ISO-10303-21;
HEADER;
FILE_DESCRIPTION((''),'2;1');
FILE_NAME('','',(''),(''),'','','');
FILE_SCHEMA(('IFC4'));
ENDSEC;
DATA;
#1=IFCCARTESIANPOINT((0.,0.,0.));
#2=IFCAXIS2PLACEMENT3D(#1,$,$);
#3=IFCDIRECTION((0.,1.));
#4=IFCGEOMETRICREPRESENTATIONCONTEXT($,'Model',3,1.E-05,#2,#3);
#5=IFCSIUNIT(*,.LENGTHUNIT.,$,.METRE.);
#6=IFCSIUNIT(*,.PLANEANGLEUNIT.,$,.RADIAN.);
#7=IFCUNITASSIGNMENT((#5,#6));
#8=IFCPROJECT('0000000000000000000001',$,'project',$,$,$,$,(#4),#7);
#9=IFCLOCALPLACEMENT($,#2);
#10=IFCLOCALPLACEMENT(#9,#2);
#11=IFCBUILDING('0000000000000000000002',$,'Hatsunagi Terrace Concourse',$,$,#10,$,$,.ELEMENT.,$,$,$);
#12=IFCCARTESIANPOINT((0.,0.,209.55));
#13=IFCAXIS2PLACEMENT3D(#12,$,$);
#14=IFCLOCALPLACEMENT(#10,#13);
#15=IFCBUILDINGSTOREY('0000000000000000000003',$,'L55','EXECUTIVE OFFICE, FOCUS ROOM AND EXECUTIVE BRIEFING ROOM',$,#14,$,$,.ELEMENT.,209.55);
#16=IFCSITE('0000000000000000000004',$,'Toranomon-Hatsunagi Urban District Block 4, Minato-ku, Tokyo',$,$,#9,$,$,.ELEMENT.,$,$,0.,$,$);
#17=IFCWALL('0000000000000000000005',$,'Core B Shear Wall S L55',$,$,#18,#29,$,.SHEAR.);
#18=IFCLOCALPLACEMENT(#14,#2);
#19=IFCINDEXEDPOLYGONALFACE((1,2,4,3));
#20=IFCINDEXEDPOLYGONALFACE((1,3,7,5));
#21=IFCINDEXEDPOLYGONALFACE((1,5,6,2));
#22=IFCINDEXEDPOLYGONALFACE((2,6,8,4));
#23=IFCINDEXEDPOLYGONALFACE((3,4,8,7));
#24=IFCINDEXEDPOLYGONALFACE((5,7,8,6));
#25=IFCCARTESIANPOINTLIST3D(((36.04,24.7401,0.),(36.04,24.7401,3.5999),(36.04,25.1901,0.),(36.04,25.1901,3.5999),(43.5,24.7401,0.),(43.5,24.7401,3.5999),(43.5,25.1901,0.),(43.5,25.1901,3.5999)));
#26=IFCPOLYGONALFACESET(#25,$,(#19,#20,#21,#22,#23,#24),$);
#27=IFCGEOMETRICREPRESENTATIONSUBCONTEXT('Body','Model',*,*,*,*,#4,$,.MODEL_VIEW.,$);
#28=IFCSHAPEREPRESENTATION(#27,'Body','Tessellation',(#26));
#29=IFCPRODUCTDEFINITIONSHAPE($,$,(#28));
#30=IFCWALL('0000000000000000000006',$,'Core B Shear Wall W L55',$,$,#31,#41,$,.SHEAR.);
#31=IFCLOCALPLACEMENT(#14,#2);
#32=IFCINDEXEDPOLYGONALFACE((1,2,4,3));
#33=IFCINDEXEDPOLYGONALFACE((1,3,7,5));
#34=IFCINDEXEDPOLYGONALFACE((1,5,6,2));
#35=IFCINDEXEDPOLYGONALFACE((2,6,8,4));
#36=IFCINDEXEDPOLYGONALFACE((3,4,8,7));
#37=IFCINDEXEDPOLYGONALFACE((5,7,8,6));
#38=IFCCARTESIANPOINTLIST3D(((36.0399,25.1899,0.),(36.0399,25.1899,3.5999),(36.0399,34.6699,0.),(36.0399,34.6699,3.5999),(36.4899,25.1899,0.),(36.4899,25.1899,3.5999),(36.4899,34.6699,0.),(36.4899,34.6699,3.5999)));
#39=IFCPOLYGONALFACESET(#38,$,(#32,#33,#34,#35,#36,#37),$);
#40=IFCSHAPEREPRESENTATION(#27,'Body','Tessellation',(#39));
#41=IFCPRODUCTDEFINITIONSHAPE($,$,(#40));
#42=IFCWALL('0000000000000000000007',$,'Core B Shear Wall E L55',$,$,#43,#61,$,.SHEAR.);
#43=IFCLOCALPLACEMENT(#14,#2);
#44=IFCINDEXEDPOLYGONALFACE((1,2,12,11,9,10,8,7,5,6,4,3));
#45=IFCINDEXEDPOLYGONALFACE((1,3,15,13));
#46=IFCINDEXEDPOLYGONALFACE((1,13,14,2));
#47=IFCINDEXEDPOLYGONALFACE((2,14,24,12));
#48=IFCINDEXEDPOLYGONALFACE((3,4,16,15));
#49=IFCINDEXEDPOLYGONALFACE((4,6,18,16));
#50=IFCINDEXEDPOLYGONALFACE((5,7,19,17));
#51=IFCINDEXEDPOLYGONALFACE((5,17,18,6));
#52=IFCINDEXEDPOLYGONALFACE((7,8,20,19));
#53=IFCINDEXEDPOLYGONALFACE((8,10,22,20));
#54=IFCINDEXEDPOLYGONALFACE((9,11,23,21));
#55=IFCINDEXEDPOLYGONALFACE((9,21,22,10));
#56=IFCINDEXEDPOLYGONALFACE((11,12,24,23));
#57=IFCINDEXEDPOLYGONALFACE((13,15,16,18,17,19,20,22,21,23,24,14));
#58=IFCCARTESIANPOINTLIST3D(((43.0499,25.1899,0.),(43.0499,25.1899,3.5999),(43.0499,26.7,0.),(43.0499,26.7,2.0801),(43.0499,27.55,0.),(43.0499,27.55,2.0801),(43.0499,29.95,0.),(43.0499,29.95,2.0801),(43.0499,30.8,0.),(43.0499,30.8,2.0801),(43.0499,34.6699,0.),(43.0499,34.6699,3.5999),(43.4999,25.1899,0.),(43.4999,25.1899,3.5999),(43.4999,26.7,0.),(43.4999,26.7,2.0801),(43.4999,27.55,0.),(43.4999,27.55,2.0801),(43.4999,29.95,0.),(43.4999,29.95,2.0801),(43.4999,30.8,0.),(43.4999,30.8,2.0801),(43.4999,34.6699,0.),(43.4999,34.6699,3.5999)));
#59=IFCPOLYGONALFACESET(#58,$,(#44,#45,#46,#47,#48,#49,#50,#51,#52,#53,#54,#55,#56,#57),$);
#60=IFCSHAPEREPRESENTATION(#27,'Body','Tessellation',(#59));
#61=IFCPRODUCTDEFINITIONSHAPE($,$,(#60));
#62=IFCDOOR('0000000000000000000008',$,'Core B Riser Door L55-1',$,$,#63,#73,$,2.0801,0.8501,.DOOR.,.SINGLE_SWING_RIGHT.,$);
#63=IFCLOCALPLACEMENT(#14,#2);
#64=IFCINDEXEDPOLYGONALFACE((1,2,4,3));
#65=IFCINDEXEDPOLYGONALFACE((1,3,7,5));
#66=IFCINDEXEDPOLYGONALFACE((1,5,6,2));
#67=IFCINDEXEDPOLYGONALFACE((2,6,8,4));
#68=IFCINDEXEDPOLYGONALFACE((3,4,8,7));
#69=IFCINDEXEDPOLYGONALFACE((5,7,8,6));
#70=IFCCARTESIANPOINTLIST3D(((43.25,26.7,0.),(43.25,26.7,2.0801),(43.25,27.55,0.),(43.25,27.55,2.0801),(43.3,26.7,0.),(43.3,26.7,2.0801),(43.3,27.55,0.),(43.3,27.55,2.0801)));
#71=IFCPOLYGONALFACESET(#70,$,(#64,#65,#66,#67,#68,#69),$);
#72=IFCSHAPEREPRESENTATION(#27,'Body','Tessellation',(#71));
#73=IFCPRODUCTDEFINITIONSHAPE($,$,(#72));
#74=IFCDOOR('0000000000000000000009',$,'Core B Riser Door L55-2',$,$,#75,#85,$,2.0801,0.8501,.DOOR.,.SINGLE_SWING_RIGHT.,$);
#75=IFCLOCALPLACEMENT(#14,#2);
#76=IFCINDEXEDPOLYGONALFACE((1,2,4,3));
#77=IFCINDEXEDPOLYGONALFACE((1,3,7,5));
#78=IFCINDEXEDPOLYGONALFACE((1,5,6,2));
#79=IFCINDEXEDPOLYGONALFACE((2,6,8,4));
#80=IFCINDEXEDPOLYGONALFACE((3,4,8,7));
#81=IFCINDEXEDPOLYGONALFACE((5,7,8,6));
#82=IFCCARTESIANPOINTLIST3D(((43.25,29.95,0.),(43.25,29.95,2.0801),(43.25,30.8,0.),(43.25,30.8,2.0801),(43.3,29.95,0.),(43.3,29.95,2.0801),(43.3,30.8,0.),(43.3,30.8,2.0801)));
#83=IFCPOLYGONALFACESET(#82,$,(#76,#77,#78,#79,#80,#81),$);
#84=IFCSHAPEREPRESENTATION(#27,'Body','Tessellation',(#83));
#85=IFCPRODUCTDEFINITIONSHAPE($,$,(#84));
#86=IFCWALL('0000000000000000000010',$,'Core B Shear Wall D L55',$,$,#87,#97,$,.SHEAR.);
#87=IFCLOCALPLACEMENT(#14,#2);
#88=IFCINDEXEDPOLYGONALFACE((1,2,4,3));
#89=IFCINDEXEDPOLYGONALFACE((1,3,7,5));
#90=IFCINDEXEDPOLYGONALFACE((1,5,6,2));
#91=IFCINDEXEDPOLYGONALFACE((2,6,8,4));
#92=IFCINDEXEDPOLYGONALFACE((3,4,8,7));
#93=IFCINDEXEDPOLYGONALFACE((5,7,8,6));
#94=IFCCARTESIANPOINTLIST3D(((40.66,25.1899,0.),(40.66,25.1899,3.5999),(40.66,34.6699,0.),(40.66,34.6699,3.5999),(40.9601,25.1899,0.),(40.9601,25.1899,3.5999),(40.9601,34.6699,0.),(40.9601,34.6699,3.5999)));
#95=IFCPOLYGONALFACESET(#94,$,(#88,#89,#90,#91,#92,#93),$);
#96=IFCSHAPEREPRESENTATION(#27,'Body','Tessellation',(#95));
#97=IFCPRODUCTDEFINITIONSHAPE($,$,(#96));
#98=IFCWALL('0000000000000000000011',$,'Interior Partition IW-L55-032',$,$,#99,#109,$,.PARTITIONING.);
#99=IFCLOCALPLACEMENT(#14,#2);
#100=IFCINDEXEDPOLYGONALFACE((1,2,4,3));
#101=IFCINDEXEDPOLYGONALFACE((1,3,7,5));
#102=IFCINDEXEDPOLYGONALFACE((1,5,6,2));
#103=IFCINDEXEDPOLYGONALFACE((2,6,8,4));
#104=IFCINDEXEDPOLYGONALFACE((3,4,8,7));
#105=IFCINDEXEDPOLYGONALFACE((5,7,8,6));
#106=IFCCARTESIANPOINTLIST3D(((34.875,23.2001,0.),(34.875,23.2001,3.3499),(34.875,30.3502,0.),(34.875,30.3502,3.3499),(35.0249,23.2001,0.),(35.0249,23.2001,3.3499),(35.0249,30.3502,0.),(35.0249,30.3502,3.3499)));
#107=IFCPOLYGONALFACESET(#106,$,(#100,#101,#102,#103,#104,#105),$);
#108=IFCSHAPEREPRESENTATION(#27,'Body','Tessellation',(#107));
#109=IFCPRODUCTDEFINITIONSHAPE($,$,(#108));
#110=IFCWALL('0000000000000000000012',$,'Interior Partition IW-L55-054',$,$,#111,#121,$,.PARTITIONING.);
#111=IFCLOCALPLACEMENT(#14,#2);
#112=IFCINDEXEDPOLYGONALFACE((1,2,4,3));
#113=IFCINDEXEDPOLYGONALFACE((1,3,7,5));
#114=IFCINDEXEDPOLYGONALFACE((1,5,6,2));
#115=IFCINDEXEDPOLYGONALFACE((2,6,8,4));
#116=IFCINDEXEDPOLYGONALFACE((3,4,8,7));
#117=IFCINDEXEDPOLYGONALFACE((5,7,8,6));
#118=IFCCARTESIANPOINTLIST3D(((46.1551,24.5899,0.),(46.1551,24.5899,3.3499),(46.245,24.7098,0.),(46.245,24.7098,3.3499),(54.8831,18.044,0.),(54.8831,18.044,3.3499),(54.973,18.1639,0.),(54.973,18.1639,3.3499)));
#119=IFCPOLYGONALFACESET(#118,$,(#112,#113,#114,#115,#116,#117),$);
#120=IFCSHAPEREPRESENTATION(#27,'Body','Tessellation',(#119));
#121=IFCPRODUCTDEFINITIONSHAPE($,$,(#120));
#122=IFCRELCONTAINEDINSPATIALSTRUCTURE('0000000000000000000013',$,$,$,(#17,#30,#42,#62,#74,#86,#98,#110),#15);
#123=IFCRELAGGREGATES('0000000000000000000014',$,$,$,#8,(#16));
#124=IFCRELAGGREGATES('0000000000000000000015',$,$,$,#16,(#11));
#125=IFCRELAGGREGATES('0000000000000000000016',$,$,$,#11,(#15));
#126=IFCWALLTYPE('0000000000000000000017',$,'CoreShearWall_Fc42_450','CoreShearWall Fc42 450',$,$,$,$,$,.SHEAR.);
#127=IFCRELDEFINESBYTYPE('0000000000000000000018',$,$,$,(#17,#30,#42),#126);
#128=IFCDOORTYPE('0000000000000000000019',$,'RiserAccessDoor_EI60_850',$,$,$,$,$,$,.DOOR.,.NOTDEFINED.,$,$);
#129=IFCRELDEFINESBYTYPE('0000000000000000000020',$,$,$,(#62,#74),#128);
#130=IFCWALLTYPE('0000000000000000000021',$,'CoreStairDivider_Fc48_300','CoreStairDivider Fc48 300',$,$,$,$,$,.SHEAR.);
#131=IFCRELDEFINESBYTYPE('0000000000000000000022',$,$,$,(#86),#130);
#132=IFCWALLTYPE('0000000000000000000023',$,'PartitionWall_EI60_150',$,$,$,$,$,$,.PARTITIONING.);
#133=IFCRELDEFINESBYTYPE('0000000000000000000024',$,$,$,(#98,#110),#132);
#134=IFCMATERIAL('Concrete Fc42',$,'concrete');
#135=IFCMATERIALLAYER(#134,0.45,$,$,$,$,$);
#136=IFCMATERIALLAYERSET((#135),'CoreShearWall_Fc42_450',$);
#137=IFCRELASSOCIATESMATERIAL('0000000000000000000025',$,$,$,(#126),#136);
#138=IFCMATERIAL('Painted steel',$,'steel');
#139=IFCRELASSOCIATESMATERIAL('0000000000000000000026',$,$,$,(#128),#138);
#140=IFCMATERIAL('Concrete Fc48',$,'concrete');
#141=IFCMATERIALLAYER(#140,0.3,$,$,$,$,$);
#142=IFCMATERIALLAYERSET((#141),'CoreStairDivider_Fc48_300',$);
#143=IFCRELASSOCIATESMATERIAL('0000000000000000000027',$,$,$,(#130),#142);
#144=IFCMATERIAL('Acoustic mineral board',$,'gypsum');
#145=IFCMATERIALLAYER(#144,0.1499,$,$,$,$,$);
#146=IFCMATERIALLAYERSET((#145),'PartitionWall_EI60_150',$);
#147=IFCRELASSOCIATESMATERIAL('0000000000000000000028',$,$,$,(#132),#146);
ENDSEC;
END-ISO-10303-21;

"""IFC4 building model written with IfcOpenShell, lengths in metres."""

from ifc_helpers import new_model, si_unit, direction, frame, frame_2d, origin, place, context, subcontext, project, spatial, rectangle, extrude, material, layer, layer_set, type_object, element, fill, save


model = new_model("IFC4")

# Units and contexts
model_context = context("Model", 3, precision=1e-05, world=origin(), true_north=direction((0.0, 1.0)))
body_context = subcontext(model_context, "Body", "Model", "MODEL_VIEW")
ifc_project = project(units=[si_unit("LENGTHUNIT", "METRE"), si_unit("PLANEANGLEUNIT", "RADIAN")], contexts=[model_context])

# Site, building, storey
site_placement = place(None, origin())
site = spatial("IfcSite", under=ifc_project, at=site_placement, Name="Toranomon-Hatsunagi Urban District Block 4, Minato-ku, Tokyo", CompositionType="ELEMENT", RefElevation=0.0)
building_placement = place(site_placement, origin())
building = spatial("IfcBuilding", under=site, at=building_placement, Name="Hatsunagi Terrace Concourse", CompositionType="ELEMENT")
storey_placement = place(building_placement, frame((0.0, 0.0, 209.55)))
storey = spatial("IfcBuildingStorey", under=building, at=storey_placement, Name="L55", Description="EXECUTIVE OFFICE, FOCUS ROOM AND EXECUTIVE BRIEFING ROOM", CompositionType="ELEMENT", Elevation=209.55)

# Walls
ifc_material_1 = material(Name="Concrete Fc42", Category="concrete")
ifc_layer_1 = layer(ifc_material_1, 0.45)
ifc_layer_set_1 = layer_set([ifc_layer_1], Name="CoreShearWall_Fc42_450")
wall_type_1 = type_object("IfcWallType", Name="CoreShearWall_Fc42_450", Description="CoreShearWall Fc42 450", PredefinedType="SHEAR", material=ifc_layer_set_1)
wall_1_placement = place(storey_placement, frame((36.04, 24.9651, 0.0), z_axis=(0.0, 0.0, 1.0), x_axis=(1.0, 0.0, 0.0)))
element("IfcWall", 1, at=wall_1_placement, inside=storey, type_object=wall_type_1, Name="Core B Shear Wall S L55", PredefinedType="SHEAR", context=body_context, shape_type="SweptSolid", body=[
    extrude(rectangle(XDim=7.46, YDim=0.45, at=frame_2d((3.73, 0.0))), origin(), (0.0, 0.0, 1.0), 3.5999),
])
wall_2_placement = place(storey_placement, frame((36.2649, 25.1899, 0.0), z_axis=(0.0, 0.0, 1.0), x_axis=(0.0, 1.0, 0.0)))
element("IfcWall", 2, at=wall_2_placement, inside=storey, type_object=wall_type_1, Name="Core B Shear Wall W L55", PredefinedType="SHEAR", context=body_context, shape_type="SweptSolid", body=[
    extrude(rectangle(XDim=9.48, YDim=0.45, at=frame_2d((4.74, 0.0))), origin(), (0.0, 0.0, 1.0), 3.5999),
])

# Wall, openings, doors
wall_3_placement = place(storey_placement, frame((43.2749, 25.1899, 0.0), z_axis=(0.0, 0.0, 1.0), x_axis=(0.0, 1.0, 0.0)))
wall_3 = element("IfcWall", 3, at=wall_3_placement, inside=storey, type_object=wall_type_1, Name="Core B Shear Wall E L55", PredefinedType="SHEAR", context=body_context, shape_type="SweptSolid", body=[
    extrude(rectangle(XDim=9.48, YDim=0.45, at=frame_2d((4.74, 0.0))), origin(), (0.0, 0.0, 1.0), 3.5999),
])
opening_1_placement = place(wall_3_placement, frame((1.51, 0.0, 0.0)))
opening_1 = element("IfcOpeningElement", 4, at=opening_1_placement, cuts=wall_3, PredefinedType="OPENING", context=body_context, shape_type="SweptSolid", body=[
    extrude(rectangle(XDim=0.8501, YDim=2.0801, at=frame_2d((0.425, 1.04))), frame((0.0, 0.2349, 0.0), z_axis=(0.0, -1.0, 0.0), x_axis=(1.0, 0.0, 0.0)), (0.0, 0.0, 1.0), 0.47),
])
opening_2_placement = place(wall_3_placement, frame((4.76, 0.0, 0.0)))
opening_2 = element("IfcOpeningElement", 5, at=opening_2_placement, cuts=wall_3, PredefinedType="OPENING", context=body_context, shape_type="SweptSolid", body=[
    extrude(rectangle(XDim=0.8501, YDim=2.0801, at=frame_2d((0.425, 1.04))), frame((0.0, 0.2349, 0.0), z_axis=(0.0, -1.0, 0.0), x_axis=(1.0, 0.0, 0.0)), (0.0, 0.0, 1.0), 0.47),
])
ifc_material_2 = material(Name="Painted steel", Category="steel")
door_type_1 = type_object("IfcDoorType", Name="RiserAccessDoor_EI60_850", OperationType="NOTDEFINED", PredefinedType="DOOR", material=ifc_material_2)
door_1_placement = place(opening_1_placement, origin())
door_1 = element("IfcDoor", 6, at=door_1_placement, inside=storey, type_object=door_type_1, Name="Core B Riser Door L55-1", OperationType="SINGLE_SWING_RIGHT", OverallHeight=2.0801, OverallWidth=0.8501, PredefinedType="DOOR", context=body_context, shape_type="SweptSolid", body=[
    extrude(rectangle(XDim=0.8501, YDim=2.0801, at=frame_2d((0.425, 1.04))), frame((0.0, 0.0249, 0.0), z_axis=(0.0, -1.0, 0.0), x_axis=(1.0, 0.0, 0.0)), (0.0, 0.0, 1.0), 0.05),
])
fill(opening_1, door_1)
door_2_placement = place(opening_2_placement, origin())
door_2 = element("IfcDoor", 7, at=door_2_placement, inside=storey, type_object=door_type_1, Name="Core B Riser Door L55-2", OperationType="SINGLE_SWING_RIGHT", OverallHeight=2.0801, OverallWidth=0.8501, PredefinedType="DOOR", context=body_context, shape_type="SweptSolid", body=[
    extrude(rectangle(XDim=0.8501, YDim=2.0801, at=frame_2d((0.425, 1.04))), frame((0.0, 0.0249, 0.0), z_axis=(0.0, -1.0, 0.0), x_axis=(1.0, 0.0, 0.0)), (0.0, 0.0, 1.0), 0.05),
])
fill(opening_2, door_2)

# Walls
ifc_material_3 = material(Name="Concrete Fc48", Category="concrete")
ifc_layer_2 = layer(ifc_material_3, 0.3)
ifc_layer_set_2 = layer_set([ifc_layer_2], Name="CoreStairDivider_Fc48_300")
wall_type_2 = type_object("IfcWallType", Name="CoreStairDivider_Fc48_300", Description="CoreStairDivider Fc48 300", PredefinedType="SHEAR", material=ifc_layer_set_2)
wall_4_placement = place(storey_placement, frame((40.8101, 25.1899, 0.0), z_axis=(0.0, 0.0, 1.0), x_axis=(0.0, 1.0, 0.0)))
element("IfcWall", 8, at=wall_4_placement, inside=storey, type_object=wall_type_2, Name="Core B Shear Wall D L55", PredefinedType="SHEAR", context=body_context, shape_type="SweptSolid", body=[
    extrude(rectangle(XDim=9.48, YDim=0.3, at=frame_2d((4.74, 0.0))), origin(), (0.0, 0.0, 1.0), 3.5999),
])
ifc_material_4 = material(Name="Acoustic mineral board", Category="gypsum")
ifc_layer_3 = layer(ifc_material_4, 0.1499)
ifc_layer_set_3 = layer_set([ifc_layer_3], Name="PartitionWall_EI60_150")
wall_type_3 = type_object("IfcWallType", Name="PartitionWall_EI60_150", PredefinedType="PARTITIONING", material=ifc_layer_set_3)
wall_5_placement = place(storey_placement, frame((34.95, 23.2, 0.0), z_axis=(0.0, 0.0, 1.0), x_axis=(0.0, 1.0, 0.0)))
element("IfcWall", 9, at=wall_5_placement, inside=storey, type_object=wall_type_3, Name="Interior Partition IW-L55-032", PredefinedType="PARTITIONING", context=body_context, shape_type="SweptSolid", body=[
    extrude(rectangle(XDim=7.1501, YDim=0.1499, at=frame_2d((3.5752, 0.0))), origin(), (0.0, 0.0, 1.0), 3.3499),
])
wall_6_placement = place(storey_placement, frame((46.2, 24.6499, 0.0), z_axis=(0.0, 0.0, 1.0), x_axis=(0.800005, -0.599993, 0.0)))
element("IfcWall", 10, at=wall_6_placement, inside=storey, type_object=wall_type_3, Name="Interior Partition IW-L55-054", PredefinedType="PARTITIONING", context=body_context, shape_type="SweptSolid", body=[
    extrude(rectangle(XDim=10.9099, YDim=0.1499, at=frame_2d((5.4551, 0.0))), origin(), (0.0, 0.0, 1.0), 3.3499),
])

save(model, "model.ifc")
